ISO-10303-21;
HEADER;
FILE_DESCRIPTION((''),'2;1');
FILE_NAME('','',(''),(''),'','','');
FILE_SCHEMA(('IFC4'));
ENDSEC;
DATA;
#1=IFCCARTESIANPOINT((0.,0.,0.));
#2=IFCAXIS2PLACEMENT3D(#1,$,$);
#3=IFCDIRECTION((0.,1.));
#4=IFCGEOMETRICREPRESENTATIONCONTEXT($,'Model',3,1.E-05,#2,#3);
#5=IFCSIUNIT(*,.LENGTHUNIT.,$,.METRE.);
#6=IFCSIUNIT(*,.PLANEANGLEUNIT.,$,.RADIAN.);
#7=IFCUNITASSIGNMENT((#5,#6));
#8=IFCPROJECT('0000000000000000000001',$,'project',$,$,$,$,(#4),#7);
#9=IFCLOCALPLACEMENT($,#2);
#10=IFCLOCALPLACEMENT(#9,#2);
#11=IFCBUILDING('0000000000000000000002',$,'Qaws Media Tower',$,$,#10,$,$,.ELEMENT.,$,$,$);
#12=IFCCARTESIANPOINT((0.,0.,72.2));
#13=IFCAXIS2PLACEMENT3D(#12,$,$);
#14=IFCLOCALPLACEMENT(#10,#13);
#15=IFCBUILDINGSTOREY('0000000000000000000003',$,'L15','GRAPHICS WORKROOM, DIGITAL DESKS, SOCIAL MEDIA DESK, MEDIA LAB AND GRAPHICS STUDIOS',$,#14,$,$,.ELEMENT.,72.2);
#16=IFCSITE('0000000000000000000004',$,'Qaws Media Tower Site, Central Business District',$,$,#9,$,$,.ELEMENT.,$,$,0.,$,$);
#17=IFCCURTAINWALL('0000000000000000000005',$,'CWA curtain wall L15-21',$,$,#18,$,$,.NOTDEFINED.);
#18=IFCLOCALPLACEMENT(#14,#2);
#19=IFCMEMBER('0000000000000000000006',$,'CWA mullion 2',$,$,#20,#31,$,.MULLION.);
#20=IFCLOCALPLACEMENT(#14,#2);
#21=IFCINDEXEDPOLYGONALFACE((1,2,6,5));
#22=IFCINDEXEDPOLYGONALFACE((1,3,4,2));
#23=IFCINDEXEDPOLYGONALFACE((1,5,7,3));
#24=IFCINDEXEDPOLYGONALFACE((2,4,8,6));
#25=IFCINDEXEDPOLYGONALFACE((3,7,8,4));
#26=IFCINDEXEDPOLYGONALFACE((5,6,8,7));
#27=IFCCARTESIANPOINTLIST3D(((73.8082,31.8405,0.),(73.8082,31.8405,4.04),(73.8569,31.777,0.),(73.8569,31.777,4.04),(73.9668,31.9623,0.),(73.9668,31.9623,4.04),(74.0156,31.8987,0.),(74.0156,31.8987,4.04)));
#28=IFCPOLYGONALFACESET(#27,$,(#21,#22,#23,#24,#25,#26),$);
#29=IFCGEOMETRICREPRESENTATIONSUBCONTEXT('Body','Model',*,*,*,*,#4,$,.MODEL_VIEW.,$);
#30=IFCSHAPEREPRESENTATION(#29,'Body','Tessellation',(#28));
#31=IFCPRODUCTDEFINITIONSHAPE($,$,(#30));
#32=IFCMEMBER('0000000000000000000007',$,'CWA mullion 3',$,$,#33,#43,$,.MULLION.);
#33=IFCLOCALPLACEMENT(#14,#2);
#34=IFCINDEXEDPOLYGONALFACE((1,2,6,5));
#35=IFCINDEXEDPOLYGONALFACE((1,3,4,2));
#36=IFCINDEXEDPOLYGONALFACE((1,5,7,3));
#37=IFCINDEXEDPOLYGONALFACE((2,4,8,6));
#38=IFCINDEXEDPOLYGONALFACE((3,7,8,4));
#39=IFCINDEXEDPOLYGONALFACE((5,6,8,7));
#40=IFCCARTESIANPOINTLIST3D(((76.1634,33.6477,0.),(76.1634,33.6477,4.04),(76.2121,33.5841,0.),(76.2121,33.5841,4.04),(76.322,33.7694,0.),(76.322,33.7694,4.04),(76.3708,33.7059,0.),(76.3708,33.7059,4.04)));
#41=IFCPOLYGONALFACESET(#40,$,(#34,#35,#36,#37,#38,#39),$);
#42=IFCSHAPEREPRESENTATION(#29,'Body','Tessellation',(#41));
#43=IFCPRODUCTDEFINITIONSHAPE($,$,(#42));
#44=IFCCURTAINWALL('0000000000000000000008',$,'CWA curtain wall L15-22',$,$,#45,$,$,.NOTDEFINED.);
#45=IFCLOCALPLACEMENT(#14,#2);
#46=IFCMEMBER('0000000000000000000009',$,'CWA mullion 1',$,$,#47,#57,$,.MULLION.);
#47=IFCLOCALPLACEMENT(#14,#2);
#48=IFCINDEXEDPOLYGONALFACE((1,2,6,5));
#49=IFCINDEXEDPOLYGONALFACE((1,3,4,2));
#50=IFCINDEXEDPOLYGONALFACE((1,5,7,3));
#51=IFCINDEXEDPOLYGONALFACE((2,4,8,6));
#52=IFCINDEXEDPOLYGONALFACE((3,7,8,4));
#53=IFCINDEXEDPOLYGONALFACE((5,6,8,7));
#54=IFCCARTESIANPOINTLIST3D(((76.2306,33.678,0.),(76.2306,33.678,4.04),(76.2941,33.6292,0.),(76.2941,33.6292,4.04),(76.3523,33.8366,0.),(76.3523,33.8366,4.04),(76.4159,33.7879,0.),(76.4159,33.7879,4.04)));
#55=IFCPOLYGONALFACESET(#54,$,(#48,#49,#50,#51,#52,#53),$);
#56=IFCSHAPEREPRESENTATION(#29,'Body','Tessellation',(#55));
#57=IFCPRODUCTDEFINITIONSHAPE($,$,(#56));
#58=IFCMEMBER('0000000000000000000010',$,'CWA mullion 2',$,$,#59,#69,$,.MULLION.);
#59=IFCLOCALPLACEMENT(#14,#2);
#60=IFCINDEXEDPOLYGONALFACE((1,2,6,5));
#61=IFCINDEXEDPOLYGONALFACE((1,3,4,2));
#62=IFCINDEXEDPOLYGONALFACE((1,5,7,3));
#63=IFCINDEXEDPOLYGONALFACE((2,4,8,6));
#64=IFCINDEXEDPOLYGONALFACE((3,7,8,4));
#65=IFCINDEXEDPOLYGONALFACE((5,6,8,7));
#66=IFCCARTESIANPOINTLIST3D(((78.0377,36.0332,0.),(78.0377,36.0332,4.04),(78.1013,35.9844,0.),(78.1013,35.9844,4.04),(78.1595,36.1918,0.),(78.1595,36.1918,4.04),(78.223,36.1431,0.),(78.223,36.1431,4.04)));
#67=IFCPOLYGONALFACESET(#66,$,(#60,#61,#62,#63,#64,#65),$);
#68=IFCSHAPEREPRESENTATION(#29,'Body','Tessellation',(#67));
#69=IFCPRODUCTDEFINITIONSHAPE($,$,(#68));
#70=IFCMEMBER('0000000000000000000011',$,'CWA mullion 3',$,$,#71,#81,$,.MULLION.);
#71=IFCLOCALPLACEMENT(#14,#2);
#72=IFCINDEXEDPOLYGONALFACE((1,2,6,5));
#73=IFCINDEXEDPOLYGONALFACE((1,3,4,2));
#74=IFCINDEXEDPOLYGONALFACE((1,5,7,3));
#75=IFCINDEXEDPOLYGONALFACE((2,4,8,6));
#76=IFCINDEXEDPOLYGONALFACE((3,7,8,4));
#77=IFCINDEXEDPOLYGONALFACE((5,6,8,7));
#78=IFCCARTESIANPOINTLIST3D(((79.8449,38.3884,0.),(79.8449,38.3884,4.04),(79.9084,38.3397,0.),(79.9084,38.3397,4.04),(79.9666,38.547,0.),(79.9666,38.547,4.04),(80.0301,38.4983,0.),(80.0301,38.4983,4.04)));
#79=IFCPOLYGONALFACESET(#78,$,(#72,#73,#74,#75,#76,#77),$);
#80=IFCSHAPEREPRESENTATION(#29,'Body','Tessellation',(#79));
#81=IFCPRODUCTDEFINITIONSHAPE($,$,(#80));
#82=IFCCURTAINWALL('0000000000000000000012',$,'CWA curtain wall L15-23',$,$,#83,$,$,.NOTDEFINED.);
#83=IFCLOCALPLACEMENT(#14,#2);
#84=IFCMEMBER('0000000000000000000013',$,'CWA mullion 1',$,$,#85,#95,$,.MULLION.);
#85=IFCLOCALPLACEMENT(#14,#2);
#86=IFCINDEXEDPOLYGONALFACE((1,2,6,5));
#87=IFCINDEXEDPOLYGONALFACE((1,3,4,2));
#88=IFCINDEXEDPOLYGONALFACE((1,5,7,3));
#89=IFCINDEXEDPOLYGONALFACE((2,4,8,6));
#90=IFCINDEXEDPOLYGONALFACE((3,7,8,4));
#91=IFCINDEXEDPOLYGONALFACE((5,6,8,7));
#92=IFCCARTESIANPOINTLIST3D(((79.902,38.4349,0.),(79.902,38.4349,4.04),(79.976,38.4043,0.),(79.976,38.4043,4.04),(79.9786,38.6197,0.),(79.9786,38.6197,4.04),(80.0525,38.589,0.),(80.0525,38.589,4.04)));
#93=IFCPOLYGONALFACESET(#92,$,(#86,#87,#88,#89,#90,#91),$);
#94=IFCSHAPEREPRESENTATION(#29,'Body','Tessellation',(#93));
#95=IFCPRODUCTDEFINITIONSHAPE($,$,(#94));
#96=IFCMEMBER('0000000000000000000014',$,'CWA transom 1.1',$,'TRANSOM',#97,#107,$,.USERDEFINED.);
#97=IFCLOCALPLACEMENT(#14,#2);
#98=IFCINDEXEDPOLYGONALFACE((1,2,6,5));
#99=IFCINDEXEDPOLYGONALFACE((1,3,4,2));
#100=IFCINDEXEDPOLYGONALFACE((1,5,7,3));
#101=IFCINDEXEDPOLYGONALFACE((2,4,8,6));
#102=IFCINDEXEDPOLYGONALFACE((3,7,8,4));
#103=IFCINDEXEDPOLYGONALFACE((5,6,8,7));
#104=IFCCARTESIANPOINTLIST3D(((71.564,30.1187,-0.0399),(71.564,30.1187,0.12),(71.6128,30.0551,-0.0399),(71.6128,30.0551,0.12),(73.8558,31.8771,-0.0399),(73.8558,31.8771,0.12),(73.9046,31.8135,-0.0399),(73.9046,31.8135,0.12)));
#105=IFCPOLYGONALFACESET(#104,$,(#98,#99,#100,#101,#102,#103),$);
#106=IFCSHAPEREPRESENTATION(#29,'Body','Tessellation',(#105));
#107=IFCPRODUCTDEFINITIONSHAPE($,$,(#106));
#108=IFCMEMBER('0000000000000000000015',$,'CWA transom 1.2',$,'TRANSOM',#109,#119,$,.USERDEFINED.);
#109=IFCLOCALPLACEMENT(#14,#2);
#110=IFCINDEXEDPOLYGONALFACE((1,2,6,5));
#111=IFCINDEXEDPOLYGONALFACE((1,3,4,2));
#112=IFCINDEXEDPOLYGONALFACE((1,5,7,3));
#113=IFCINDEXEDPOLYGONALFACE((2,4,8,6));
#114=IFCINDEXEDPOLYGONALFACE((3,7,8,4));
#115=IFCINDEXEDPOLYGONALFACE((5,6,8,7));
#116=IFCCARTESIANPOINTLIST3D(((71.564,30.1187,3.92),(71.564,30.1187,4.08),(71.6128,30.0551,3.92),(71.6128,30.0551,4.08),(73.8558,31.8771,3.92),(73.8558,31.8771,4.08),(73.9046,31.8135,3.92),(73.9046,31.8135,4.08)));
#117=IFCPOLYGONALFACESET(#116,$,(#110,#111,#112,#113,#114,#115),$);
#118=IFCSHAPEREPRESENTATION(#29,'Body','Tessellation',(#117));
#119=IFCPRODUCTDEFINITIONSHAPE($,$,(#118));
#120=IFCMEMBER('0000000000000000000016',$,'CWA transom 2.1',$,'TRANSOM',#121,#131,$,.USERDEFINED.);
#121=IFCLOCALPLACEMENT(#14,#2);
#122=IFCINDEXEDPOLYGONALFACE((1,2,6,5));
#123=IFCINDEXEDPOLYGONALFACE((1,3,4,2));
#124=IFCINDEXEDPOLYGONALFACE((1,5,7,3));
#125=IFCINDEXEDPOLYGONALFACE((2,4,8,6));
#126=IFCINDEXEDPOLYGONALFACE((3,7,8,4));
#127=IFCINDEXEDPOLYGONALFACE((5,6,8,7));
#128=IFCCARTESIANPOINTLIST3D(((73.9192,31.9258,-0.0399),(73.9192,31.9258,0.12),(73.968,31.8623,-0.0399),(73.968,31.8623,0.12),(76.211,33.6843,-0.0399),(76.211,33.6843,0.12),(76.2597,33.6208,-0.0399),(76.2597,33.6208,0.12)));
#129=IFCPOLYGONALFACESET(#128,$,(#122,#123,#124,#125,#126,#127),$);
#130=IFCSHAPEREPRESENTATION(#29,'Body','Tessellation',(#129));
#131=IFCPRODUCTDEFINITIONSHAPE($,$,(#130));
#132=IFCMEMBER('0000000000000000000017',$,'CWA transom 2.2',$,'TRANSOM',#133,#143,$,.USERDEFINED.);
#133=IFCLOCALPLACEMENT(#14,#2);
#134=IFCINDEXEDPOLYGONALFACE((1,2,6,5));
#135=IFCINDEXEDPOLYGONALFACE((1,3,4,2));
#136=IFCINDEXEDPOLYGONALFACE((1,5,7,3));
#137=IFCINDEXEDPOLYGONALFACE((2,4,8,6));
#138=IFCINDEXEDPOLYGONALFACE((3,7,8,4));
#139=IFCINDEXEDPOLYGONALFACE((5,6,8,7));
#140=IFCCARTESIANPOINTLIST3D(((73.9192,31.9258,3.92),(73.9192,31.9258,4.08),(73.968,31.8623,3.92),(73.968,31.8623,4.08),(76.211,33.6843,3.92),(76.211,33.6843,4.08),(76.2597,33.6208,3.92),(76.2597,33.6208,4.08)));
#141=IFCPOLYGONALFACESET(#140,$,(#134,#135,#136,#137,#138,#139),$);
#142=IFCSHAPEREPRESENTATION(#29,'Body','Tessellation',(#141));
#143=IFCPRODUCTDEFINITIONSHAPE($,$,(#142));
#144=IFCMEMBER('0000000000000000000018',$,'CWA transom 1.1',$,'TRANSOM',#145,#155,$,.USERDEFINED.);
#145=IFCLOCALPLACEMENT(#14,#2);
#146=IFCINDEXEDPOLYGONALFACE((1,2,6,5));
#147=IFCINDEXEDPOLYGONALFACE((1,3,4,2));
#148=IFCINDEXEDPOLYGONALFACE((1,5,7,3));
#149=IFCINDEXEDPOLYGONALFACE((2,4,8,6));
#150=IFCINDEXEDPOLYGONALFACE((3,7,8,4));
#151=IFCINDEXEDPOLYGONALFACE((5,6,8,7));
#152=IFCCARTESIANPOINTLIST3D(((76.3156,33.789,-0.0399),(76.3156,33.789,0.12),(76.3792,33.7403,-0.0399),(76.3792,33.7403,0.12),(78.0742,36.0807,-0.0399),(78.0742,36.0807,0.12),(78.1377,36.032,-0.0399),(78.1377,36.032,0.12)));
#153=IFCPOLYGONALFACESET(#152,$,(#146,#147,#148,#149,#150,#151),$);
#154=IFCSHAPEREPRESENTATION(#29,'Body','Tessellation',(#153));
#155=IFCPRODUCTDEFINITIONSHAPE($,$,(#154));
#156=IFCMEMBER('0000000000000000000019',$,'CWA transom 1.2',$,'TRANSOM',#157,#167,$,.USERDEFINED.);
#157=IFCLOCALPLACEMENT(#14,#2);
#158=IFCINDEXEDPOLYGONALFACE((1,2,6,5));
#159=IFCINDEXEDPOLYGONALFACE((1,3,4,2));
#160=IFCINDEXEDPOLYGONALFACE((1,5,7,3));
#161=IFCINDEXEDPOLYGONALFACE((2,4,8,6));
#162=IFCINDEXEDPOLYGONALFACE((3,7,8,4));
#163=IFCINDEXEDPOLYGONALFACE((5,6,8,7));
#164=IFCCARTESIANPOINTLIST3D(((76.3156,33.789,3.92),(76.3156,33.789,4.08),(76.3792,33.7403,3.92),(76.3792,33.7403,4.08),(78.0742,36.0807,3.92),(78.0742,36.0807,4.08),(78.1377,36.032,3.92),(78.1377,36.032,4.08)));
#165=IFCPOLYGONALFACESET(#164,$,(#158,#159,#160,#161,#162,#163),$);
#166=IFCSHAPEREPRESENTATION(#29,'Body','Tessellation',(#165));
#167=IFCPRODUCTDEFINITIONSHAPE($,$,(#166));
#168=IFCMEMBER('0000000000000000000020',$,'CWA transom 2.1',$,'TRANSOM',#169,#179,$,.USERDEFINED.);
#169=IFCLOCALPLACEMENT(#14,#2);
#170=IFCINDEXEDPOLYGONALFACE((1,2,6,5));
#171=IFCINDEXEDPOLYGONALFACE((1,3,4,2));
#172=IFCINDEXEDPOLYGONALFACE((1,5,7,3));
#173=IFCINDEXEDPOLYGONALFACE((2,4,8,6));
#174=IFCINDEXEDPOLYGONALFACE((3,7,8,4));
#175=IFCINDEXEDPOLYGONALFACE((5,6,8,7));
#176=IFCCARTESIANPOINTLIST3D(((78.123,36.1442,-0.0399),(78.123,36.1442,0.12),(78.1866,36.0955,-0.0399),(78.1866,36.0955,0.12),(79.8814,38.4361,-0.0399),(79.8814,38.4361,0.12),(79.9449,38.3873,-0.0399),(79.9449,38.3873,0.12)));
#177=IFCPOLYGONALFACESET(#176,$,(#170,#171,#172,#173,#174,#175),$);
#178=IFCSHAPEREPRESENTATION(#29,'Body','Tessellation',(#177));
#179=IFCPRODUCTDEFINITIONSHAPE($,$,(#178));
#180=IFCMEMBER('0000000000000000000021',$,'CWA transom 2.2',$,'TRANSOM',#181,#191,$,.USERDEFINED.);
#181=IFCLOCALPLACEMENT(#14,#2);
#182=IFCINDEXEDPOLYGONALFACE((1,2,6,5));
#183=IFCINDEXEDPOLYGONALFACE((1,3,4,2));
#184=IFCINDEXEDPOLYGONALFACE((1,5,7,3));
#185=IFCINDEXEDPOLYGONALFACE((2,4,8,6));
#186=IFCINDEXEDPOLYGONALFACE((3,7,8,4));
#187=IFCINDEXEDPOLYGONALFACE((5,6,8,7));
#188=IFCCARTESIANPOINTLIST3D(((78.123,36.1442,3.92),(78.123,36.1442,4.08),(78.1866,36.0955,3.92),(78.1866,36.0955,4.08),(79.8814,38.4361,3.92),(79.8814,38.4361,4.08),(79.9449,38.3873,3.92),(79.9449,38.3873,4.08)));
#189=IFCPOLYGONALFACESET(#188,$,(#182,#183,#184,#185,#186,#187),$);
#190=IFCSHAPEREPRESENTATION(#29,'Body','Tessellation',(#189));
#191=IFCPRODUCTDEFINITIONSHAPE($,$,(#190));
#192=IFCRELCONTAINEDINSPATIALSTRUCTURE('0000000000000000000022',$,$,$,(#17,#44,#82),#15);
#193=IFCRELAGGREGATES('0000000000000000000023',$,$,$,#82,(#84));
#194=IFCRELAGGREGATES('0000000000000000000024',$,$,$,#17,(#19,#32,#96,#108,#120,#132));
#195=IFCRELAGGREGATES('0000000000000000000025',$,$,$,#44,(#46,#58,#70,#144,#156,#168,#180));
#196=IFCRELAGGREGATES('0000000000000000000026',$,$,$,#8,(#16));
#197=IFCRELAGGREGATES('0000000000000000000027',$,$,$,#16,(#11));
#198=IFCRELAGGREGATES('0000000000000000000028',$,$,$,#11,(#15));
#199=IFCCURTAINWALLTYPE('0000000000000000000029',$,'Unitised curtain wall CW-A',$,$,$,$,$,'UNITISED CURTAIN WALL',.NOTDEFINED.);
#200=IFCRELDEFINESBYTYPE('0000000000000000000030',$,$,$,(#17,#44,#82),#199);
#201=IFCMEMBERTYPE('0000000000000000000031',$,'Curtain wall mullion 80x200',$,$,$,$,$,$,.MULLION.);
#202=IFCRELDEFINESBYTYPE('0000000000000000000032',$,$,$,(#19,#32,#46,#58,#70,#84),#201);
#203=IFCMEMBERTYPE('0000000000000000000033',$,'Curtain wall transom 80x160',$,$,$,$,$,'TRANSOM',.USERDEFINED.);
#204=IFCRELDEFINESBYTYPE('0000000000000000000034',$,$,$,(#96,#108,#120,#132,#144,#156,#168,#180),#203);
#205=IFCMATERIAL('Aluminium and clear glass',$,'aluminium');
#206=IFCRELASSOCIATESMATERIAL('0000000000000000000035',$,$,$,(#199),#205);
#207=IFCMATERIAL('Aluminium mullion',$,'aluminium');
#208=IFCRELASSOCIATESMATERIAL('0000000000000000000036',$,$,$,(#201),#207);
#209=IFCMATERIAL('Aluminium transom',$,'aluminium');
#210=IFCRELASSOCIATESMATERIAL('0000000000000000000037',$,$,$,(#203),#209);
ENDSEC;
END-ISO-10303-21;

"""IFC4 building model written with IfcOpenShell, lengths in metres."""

from ifc_helpers import new_model, si_unit, direction, frame, origin, origin_2d, place, context, subcontext, project, spatial, rectangle, extrude, material, material_profile, profile_set, type_object, element, aggregate, save


model = new_model("IFC4")

# Units and contexts
model_context = context("Model", 3, precision=1e-05, world=origin(), true_north=direction((0.0, 1.0)))
body_context = subcontext(model_context, "Body", "Model", "MODEL_VIEW")
ifc_project = project(units=[si_unit("LENGTHUNIT", "METRE"), si_unit("PLANEANGLEUNIT", "RADIAN")], contexts=[model_context])

# Site, building, storey
site_placement = place(None, origin())
site = spatial("IfcSite", under=ifc_project, at=site_placement, Name="Qaws Media Tower Site, Central Business District", CompositionType="ELEMENT", RefElevation=0.0)
building_placement = place(site_placement, origin())
building = spatial("IfcBuilding", under=site, at=building_placement, Name="Qaws Media Tower", CompositionType="ELEMENT")
storey_placement = place(building_placement, frame((0.0, 0.0, 72.2)))
storey = spatial("IfcBuildingStorey", under=building, at=storey_placement, Name="L15", Description="GRAPHICS WORKROOM, DIGITAL DESKS, SOCIAL MEDIA DESK, MEDIA LAB AND GRAPHICS STUDIOS", CompositionType="ELEMENT", Elevation=72.2)

# Curtain walls, members
ifc_material_1 = material(Name="Aluminium and clear glass", Category="aluminium")
curtain_wall_type = type_object("IfcCurtainWallType", Name="Unitised curtain wall CW-A", ElementType="UNITISED CURTAIN WALL", PredefinedType="NOTDEFINED", material=ifc_material_1)
curtain_wall_1_placement = place(storey_placement, origin())
curtain_wall_1 = element("IfcCurtainWall", 1, at=curtain_wall_1_placement, inside=storey, type_object=curtain_wall_type, Name="CWA curtain wall L15-21", PredefinedType="NOTDEFINED")
ifc_material_2 = material(Name="Aluminium mullion", Category="aluminium")
ifc_material_profile_1 = material_profile(ifc_material_2, rectangle(XDim=0.0801, YDim=0.2, at=origin_2d()), Name="80x200")
ifc_profile_set_1 = profile_set([ifc_material_profile_1], Name="Aluminium mullion")
member_type_1 = type_object("IfcMemberType", Name="Curtain wall mullion 80x200", PredefinedType="MULLION", material=ifc_profile_set_1)
member_1_placement = place(storey_placement, frame((73.9119, 31.8696, 0.0), z_axis=(0.0, 0.0, 1.0), x_axis=(-0.608762, 0.793353, 0.0)))
member_1 = element("IfcMember", 2, at=member_1_placement, type_object=member_type_1, Name="CWA mullion 2", PredefinedType="MULLION", context=body_context, shape_type="SweptSolid", body=[
    extrude(rectangle(XDim=0.0801, YDim=0.2, at=origin_2d()), origin(), (0.0, 0.0, 1.0), 4.04),
])
member_2_placement = place(storey_placement, frame((76.2671, 33.6768, 0.0), z_axis=(0.0, 0.0, 1.0), x_axis=(-0.608762, 0.793353, 0.0)))
member_2 = element("IfcMember", 3, at=member_2_placement, type_object=member_type_1, Name="CWA mullion 3", PredefinedType="MULLION", context=body_context, shape_type="SweptSolid", body=[
    extrude(rectangle(XDim=0.0801, YDim=0.2, at=origin_2d()), origin(), (0.0, 0.0, 1.0), 4.04),
])
curtain_wall_2_placement = place(storey_placement, origin())
curtain_wall_2 = element("IfcCurtainWall", 4, at=curtain_wall_2_placement, inside=storey, type_object=curtain_wall_type, Name="CWA curtain wall L15-22", PredefinedType="NOTDEFINED")
member_3_placement = place(storey_placement, frame((76.3232, 33.7329, 0.0), z_axis=(0.0, 0.0, 1.0), x_axis=(-0.793353, 0.608762, 0.0)))
member_3 = element("IfcMember", 5, at=member_3_placement, type_object=member_type_1, Name="CWA mullion 1", PredefinedType="MULLION", context=body_context, shape_type="SweptSolid", body=[
    extrude(rectangle(XDim=0.0801, YDim=0.2, at=origin_2d()), origin(), (0.0, 0.0, 1.0), 4.04),
])
member_4_placement = place(storey_placement, frame((78.1304, 36.0881, 0.0), z_axis=(0.0, 0.0, 1.0), x_axis=(-0.793353, 0.608762, 0.0)))
member_4 = element("IfcMember", 6, at=member_4_placement, type_object=member_type_1, Name="CWA mullion 2", PredefinedType="MULLION", context=body_context, shape_type="SweptSolid", body=[
    extrude(rectangle(XDim=0.0801, YDim=0.2, at=origin_2d()), origin(), (0.0, 0.0, 1.0), 4.04),
])
member_5_placement = place(storey_placement, frame((79.9375, 38.4434, 0.0), z_axis=(0.0, 0.0, 1.0), x_axis=(-0.793353, 0.608762, 0.0)))
member_5 = element("IfcMember", 7, at=member_5_placement, type_object=member_type_1, Name="CWA mullion 3", PredefinedType="MULLION", context=body_context, shape_type="SweptSolid", body=[
    extrude(rectangle(XDim=0.0801, YDim=0.2, at=origin_2d()), origin(), (0.0, 0.0, 1.0), 4.04),
])

# Curtain wall, member
curtain_wall_3_placement = place(storey_placement, origin())
curtain_wall_3 = element("IfcCurtainWall", 8, at=curtain_wall_3_placement, inside=storey, type_object=curtain_wall_type, Name="CWA curtain wall L15-23", PredefinedType="NOTDEFINED")
member_6_placement = place(storey_placement, frame((79.9773, 38.512, 0.0), z_axis=(0.0, 0.0, 1.0), x_axis=(-0.92388, 0.382683, 0.0)))
member_6 = element("IfcMember", 9, at=member_6_placement, type_object=member_type_1, Name="CWA mullion 1", PredefinedType="MULLION", context=body_context, shape_type="SweptSolid", body=[
    extrude(rectangle(XDim=0.0801, YDim=0.2, at=origin_2d()), origin(), (0.0, 0.0, 1.0), 4.04),
])

# Members
ifc_material_3 = material(Name="Aluminium transom", Category="aluminium")
ifc_material_profile_2 = material_profile(ifc_material_3, rectangle(XDim=0.0801, YDim=0.1599, at=origin_2d()), Name="80x160")
ifc_profile_set_2 = profile_set([ifc_material_profile_2], Name="Aluminium transom")
member_type_2 = type_object("IfcMemberType", Name="Curtain wall transom 80x160", ElementType="TRANSOM", PredefinedType="USERDEFINED", material=ifc_profile_set_2)
member_7_placement = place(storey_placement, frame((71.5884, 30.0869, 0.04), z_axis=(0.79339, 0.608714, 0.0), x_axis=(-0.608714, 0.79339, 0.0)))
member_7 = element("IfcMember", 10, at=member_7_placement, type_object=member_type_2, Name="CWA transom 1.1", ObjectType="TRANSOM", PredefinedType="USERDEFINED", context=body_context, shape_type="SweptSolid", body=[
    extrude(rectangle(XDim=0.0801, YDim=0.1599, at=origin_2d()), origin(), (0.0, 0.0, 1.0), 2.8887),
])
member_8_placement = place(storey_placement, frame((71.5884, 30.0869, 4.0), z_axis=(0.79339, 0.608714, 0.0), x_axis=(-0.608714, 0.79339, 0.0)))
member_8 = element("IfcMember", 11, at=member_8_placement, type_object=member_type_2, Name="CWA transom 1.2", ObjectType="TRANSOM", PredefinedType="USERDEFINED", context=body_context, shape_type="SweptSolid", body=[
    extrude(rectangle(XDim=0.0801, YDim=0.1599, at=origin_2d()), origin(), (0.0, 0.0, 1.0), 2.8887),
])
member_9_placement = place(storey_placement, frame((73.9436, 31.894, 0.04), z_axis=(0.793349, 0.608767, 0.0), x_axis=(-0.608767, 0.793349, 0.0)))
member_9 = element("IfcMember", 12, at=member_9_placement, type_object=member_type_2, Name="CWA transom 2.1", ObjectType="TRANSOM", PredefinedType="USERDEFINED", context=body_context, shape_type="SweptSolid", body=[
    extrude(rectangle(XDim=0.0801, YDim=0.1599, at=origin_2d()), origin(), (0.0, 0.0, 1.0), 2.8887),
])
member_10_placement = place(storey_placement, frame((73.9436, 31.894, 4.0), z_axis=(0.793349, 0.608767, 0.0), x_axis=(-0.608767, 0.793349, 0.0)))
member_10 = element("IfcMember", 13, at=member_10_placement, type_object=member_type_2, Name="CWA transom 2.2", ObjectType="TRANSOM", PredefinedType="USERDEFINED", context=body_context, shape_type="SweptSolid", body=[
    extrude(rectangle(XDim=0.0801, YDim=0.1599, at=origin_2d()), origin(), (0.0, 0.0, 1.0), 2.8887),
])
member_11_placement = place(storey_placement, frame((76.3474, 33.7646, 0.04), z_axis=(0.608767, 0.793349, 0.0), x_axis=(-0.793349, 0.608767, 0.0)))
member_11 = element("IfcMember", 14, at=member_11_placement, type_object=member_type_2, Name="CWA transom 1.1", ObjectType="TRANSOM", PredefinedType="USERDEFINED", context=body_context, shape_type="SweptSolid", body=[
    extrude(rectangle(XDim=0.0801, YDim=0.1599, at=origin_2d()), origin(), (0.0, 0.0, 1.0), 2.8887),
])
member_12_placement = place(storey_placement, frame((76.3474, 33.7646, 4.0), z_axis=(0.608767, 0.793349, 0.0), x_axis=(-0.793349, 0.608767, 0.0)))
member_12 = element("IfcMember", 15, at=member_12_placement, type_object=member_type_2, Name="CWA transom 1.2", ObjectType="TRANSOM", PredefinedType="USERDEFINED", context=body_context, shape_type="SweptSolid", body=[
    extrude(rectangle(XDim=0.0801, YDim=0.1599, at=origin_2d()), origin(), (0.0, 0.0, 1.0), 2.8887),
])
member_13_placement = place(storey_placement, frame((78.1548, 36.1199, 0.04), z_axis=(0.608714, 0.79339, 0.0), x_axis=(-0.79339, 0.608714, 0.0)))
member_13 = element("IfcMember", 16, at=member_13_placement, type_object=member_type_2, Name="CWA transom 2.1", ObjectType="TRANSOM", PredefinedType="USERDEFINED", context=body_context, shape_type="SweptSolid", body=[
    extrude(rectangle(XDim=0.0801, YDim=0.1599, at=origin_2d()), origin(), (0.0, 0.0, 1.0), 2.8887),
])
member_14_placement = place(storey_placement, frame((78.1548, 36.1199, 4.0), z_axis=(0.608714, 0.79339, 0.0), x_axis=(-0.79339, 0.608714, 0.0)))
member_14 = element("IfcMember", 17, at=member_14_placement, type_object=member_type_2, Name="CWA transom 2.2", ObjectType="TRANSOM", PredefinedType="USERDEFINED", context=body_context, shape_type="SweptSolid", body=[
    extrude(rectangle(XDim=0.0801, YDim=0.1599, at=origin_2d()), origin(), (0.0, 0.0, 1.0), 2.8887),
])
aggregate(curtain_wall_3, [member_6])

aggregate(curtain_wall_1, [member_1, member_2, member_7, member_8, member_9, member_10])
aggregate(curtain_wall_2, [member_3, member_4, member_5, member_11, member_12, member_13, member_14])

save(model, "model.ifc")
